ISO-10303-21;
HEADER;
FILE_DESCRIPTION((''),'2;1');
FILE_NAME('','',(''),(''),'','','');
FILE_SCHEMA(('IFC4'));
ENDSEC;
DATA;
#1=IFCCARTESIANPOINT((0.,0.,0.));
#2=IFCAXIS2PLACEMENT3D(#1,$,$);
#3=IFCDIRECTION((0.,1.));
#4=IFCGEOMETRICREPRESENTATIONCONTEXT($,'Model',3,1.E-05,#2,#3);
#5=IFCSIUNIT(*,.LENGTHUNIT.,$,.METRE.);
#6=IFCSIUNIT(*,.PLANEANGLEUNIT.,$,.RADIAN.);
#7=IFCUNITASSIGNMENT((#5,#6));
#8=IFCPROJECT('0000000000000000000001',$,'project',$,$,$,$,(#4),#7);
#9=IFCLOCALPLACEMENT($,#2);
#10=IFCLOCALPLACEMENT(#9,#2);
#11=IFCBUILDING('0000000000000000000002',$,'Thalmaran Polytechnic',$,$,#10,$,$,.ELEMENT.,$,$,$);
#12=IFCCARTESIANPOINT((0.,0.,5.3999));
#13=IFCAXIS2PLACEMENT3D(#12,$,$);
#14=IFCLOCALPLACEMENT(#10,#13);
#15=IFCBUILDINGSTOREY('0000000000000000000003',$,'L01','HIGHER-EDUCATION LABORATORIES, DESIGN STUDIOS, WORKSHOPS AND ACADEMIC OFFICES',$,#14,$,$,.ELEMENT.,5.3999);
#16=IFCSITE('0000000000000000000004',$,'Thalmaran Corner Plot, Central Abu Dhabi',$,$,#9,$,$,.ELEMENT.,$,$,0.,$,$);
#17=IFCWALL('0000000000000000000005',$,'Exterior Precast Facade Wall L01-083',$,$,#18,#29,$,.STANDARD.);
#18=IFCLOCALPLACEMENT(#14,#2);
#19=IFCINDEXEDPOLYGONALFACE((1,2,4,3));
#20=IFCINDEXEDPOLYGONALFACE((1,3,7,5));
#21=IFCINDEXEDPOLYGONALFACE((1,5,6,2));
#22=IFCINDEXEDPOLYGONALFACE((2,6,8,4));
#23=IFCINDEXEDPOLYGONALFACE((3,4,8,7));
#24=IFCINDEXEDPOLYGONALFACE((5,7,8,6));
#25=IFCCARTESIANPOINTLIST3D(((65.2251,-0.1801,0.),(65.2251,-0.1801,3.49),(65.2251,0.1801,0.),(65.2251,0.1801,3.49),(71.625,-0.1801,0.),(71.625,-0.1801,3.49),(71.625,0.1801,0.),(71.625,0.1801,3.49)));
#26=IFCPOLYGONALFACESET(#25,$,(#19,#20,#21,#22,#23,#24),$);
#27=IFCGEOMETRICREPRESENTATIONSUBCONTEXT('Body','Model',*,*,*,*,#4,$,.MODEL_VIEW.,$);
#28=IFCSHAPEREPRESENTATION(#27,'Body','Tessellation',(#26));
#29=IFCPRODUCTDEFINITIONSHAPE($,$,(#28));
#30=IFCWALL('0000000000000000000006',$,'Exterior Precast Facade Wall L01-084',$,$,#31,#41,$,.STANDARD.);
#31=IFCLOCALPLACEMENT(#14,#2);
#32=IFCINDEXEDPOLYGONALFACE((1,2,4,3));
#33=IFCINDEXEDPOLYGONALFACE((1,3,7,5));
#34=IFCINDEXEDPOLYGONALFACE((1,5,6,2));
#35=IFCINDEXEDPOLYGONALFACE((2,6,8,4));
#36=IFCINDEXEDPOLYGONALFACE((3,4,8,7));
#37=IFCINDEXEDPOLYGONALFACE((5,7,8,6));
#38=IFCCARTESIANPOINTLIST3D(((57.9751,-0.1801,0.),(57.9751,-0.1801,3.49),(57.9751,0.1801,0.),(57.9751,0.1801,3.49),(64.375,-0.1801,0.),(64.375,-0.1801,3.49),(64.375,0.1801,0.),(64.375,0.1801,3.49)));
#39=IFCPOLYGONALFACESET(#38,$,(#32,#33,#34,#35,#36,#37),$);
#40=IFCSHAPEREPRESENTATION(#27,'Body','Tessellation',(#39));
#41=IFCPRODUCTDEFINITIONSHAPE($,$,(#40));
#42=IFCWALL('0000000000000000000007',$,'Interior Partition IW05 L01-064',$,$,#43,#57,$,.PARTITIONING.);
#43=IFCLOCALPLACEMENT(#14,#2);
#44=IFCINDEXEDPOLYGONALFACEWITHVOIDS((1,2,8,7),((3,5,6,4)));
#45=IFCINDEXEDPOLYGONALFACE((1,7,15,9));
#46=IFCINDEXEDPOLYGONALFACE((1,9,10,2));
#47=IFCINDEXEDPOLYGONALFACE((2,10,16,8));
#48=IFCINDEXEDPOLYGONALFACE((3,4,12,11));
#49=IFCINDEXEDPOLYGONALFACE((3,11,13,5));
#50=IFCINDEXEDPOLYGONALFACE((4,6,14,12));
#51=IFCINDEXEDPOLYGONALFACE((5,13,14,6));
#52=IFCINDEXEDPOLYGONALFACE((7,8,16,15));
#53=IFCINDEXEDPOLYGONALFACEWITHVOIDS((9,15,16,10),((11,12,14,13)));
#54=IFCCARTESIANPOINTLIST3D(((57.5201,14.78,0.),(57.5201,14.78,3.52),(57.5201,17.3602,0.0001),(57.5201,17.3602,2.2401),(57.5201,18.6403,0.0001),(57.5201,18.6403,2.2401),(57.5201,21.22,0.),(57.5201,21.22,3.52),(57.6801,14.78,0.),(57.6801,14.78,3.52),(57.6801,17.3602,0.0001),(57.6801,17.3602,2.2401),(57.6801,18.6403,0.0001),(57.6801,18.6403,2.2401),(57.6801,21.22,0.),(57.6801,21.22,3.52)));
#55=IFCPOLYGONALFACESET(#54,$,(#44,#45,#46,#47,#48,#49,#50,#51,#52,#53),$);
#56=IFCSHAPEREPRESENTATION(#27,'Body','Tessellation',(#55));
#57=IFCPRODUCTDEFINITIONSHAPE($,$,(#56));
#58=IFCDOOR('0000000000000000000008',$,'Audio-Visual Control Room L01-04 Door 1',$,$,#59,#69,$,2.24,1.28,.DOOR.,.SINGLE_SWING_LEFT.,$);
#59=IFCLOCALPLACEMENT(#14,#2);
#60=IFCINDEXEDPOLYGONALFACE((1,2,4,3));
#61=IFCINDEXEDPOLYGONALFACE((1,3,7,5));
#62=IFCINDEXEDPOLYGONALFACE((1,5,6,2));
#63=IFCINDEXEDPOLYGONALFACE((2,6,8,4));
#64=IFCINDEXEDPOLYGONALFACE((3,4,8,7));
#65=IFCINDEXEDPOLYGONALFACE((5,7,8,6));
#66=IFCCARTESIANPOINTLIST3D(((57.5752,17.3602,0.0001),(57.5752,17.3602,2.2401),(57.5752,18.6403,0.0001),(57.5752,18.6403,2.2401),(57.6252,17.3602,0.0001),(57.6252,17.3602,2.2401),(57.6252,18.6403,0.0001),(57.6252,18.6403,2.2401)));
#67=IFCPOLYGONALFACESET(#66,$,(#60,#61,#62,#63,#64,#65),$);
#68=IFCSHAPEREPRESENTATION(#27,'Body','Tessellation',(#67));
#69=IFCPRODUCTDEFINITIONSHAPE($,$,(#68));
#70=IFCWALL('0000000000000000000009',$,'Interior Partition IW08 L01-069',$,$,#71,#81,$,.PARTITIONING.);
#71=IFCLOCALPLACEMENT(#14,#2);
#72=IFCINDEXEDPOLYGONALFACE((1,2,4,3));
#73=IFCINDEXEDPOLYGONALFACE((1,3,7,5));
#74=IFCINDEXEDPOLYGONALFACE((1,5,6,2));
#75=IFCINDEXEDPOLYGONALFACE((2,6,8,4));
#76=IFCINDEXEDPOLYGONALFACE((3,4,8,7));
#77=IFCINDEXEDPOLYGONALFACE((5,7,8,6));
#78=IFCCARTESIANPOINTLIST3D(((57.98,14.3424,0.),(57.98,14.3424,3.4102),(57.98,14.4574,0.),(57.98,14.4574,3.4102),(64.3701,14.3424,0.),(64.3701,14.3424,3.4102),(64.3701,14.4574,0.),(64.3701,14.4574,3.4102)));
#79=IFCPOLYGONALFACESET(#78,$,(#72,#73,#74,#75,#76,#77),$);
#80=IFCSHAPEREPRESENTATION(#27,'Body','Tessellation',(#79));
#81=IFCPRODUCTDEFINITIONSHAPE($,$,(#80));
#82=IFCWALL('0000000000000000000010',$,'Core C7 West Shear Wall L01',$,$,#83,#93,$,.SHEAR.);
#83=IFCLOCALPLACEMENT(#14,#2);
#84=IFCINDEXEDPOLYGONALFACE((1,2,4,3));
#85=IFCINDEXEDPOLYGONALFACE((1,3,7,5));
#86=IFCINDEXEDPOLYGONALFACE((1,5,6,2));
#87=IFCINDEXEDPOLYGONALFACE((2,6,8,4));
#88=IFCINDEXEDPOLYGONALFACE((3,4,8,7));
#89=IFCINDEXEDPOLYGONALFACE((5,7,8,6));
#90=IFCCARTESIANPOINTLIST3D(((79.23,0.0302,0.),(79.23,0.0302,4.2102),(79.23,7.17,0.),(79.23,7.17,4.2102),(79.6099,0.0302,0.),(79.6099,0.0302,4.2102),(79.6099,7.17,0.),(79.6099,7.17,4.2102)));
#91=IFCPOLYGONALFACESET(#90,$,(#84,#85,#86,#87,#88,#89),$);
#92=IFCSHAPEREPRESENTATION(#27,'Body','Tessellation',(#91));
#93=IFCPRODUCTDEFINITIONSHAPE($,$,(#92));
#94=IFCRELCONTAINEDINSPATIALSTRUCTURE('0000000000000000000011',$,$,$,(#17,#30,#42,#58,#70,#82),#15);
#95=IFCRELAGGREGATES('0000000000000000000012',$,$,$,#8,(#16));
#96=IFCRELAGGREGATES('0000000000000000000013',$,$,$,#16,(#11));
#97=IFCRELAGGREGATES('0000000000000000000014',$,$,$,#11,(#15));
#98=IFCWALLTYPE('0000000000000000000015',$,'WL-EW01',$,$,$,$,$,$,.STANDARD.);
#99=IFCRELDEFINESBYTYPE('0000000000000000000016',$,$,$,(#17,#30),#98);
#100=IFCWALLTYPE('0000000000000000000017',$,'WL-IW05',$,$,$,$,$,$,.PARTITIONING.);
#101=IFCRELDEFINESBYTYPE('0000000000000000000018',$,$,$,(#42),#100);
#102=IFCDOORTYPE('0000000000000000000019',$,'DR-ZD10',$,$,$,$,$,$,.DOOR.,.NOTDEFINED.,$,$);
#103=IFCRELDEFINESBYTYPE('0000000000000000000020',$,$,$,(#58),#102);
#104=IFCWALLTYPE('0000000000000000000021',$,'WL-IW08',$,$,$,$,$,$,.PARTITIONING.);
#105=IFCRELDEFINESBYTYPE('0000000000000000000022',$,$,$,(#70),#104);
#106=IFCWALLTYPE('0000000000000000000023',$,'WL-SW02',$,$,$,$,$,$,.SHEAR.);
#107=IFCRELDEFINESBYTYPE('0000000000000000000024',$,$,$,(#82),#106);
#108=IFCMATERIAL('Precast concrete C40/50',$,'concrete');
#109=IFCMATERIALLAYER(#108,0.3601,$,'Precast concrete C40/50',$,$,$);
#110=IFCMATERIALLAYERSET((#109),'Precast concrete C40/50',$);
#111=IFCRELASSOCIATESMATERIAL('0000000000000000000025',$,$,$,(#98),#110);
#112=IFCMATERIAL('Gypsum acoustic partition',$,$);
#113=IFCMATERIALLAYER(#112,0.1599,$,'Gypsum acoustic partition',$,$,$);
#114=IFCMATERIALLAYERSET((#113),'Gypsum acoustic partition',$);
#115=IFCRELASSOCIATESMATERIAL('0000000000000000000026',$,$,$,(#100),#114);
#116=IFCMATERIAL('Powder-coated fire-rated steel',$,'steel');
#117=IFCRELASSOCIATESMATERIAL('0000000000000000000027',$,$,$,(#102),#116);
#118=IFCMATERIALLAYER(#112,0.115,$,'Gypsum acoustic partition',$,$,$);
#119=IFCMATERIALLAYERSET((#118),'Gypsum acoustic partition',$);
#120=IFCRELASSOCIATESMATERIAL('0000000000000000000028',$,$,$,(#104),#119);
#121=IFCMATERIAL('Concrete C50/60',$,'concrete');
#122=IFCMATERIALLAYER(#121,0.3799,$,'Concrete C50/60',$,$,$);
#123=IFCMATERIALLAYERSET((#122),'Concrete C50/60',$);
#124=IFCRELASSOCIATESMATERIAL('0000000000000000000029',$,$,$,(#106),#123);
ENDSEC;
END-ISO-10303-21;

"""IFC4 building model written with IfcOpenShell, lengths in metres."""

from ifc_helpers import new_model, si_unit, direction, frame, frame_2d, origin, place, context, subcontext, project, spatial, rectangle, extrude, material, layer, layer_set, type_object, element, fill, save


model = new_model("IFC4")

# Units and contexts
model_context = context("Model", 3, precision=1e-05, world=origin(), true_north=direction((0.0, 1.0)))
body_context = subcontext(model_context, "Body", "Model", "MODEL_VIEW")
ifc_project = project(units=[si_unit("LENGTHUNIT", "METRE"), si_unit("PLANEANGLEUNIT", "RADIAN")], contexts=[model_context])

# Site, building, storey
site_placement = place(None, origin())
site = spatial("IfcSite", under=ifc_project, at=site_placement, Name="Thalmaran Corner Plot, Central Abu Dhabi", CompositionType="ELEMENT", RefElevation=0.0)
building_placement = place(site_placement, origin())
building = spatial("IfcBuilding", under=site, at=building_placement, Name="Thalmaran Polytechnic", CompositionType="ELEMENT")
storey_placement = place(building_placement, frame((0.0, 0.0, 5.3999)))
storey = spatial("IfcBuildingStorey", under=building, at=storey_placement, Name="L01", Description="HIGHER-EDUCATION LABORATORIES, DESIGN STUDIOS, WORKSHOPS AND ACADEMIC OFFICES", CompositionType="ELEMENT", Elevation=5.3999)

# Shared definitions
ifc_material_1 = material(Name="Concrete C50/60", Category="concrete")

# Walls
ifc_material_2 = material(Name="Precast concrete C40/50", Category="concrete")
ifc_layer_1 = layer(ifc_material_2, 0.3601, Name="Precast concrete C40/50")
ifc_layer_set_1 = layer_set([ifc_layer_1], Name="Precast concrete C40/50")
wall_type_1 = type_object("IfcWallType", Name="WL-EW01", PredefinedType="STANDARD", material=ifc_layer_set_1)
for number, where, z_axis, x_axis, name in (
    (1, (71.625, 0.0, 0.0), (0.0, 0.0, 1.0), (-1.0, 0.0, 0.0), "Exterior Precast Facade Wall L01-083"),
    (2, (64.375, 0.0, 0.0), (0.0, 0.0, 1.0), (-1.0, 0.0, 0.0), "Exterior Precast Facade Wall L01-084"),
):
    element("IfcWall", number, at=place(storey_placement, frame(where, z_axis=z_axis, x_axis=x_axis)), inside=storey, type_object=wall_type_1, Name=name, PredefinedType="STANDARD", context=body_context, shape_type="SweptSolid", body=[
        extrude(rectangle(XDim=6.3999, YDim=0.3601, at=frame_2d((3.2, 0.0))), origin(), (0.0, 0.0, 1.0), 3.49),
    ])

# Wall, opening, door
ifc_material_3 = material(Name="Gypsum acoustic partition")
ifc_layer_2 = layer(ifc_material_3, 0.1599, Name="Gypsum acoustic partition")
ifc_layer_set_2 = layer_set([ifc_layer_2], Name="Gypsum acoustic partition")
wall_type_2 = type_object("IfcWallType", Name="WL-IW05", PredefinedType="PARTITIONING", material=ifc_layer_set_2)
wall_1_placement = place(storey_placement, frame((57.6001, 14.78, 0.0), z_axis=(0.0, 0.0, 1.0), x_axis=(0.0, 1.0, 0.0)))
wall_1 = element("IfcWall", 3, at=wall_1_placement, inside=storey, type_object=wall_type_2, Name="Interior Partition IW05 L01-064", PredefinedType="PARTITIONING", context=body_context, shape_type="SweptSolid", body=[
    extrude(rectangle(XDim=6.4399, YDim=0.1599, at=frame_2d((3.22, 0.0))), origin(), (0.0, 0.0, 1.0), 3.52),
])
opening_placement = place(wall_1_placement, frame((2.5801, 0.0, 0.0)))
opening = element("IfcOpeningElement", 4, at=opening_placement, cuts=wall_1, PredefinedType="OPENING", context=body_context, shape_type="SweptSolid", body=[
    extrude(rectangle(XDim=1.28, YDim=2.24, at=frame_2d((0.6401, 1.1201))), frame((0.0, 0.0898, 0.0), z_axis=(0.0, -1.0, 0.0), x_axis=(1.0, 0.0, 0.0)), (0.0, 0.0, 1.0), 0.1799),
])
ifc_material_4 = material(Name="Powder-coated fire-rated steel", Category="steel")
door_type = type_object("IfcDoorType", Name="DR-ZD10", OperationType="NOTDEFINED", PredefinedType="DOOR", material=ifc_material_4)
door_placement = place(opening_placement, origin())
door = element("IfcDoor", 5, at=door_placement, inside=storey, type_object=door_type, Name="Audio-Visual Control Room L01-04 Door 1", OperationType="SINGLE_SWING_LEFT", OverallHeight=2.24, OverallWidth=1.28, PredefinedType="DOOR", context=body_context, shape_type="SweptSolid", body=[
    extrude(rectangle(XDim=1.28, YDim=2.24, at=frame_2d((0.6401, 1.1201))), frame((0.0, 0.0249, 0.0), z_axis=(0.0, -1.0, 0.0), x_axis=(1.0, 0.0, 0.0)), (0.0, 0.0, 1.0), 0.05),
])
fill(opening, door)

# Walls
ifc_layer_3 = layer(ifc_material_3, 0.115, Name="Gypsum acoustic partition")
ifc_layer_set_3 = layer_set([ifc_layer_3], Name="Gypsum acoustic partition")
wall_type_3 = type_object("IfcWallType", Name="WL-IW08", PredefinedType="PARTITIONING", material=ifc_layer_set_3)
wall_2_placement = place(storey_placement, frame((57.98, 14.3999, 0.0), z_axis=(0.0, 0.0, 1.0), x_axis=(1.0, 0.0, 0.0)))
element("IfcWall", 6, at=wall_2_placement, inside=storey, type_object=wall_type_3, Name="Interior Partition IW08 L01-069", PredefinedType="PARTITIONING", context=body_context, shape_type="SweptSolid", body=[
    extrude(rectangle(XDim=6.3901, YDim=0.115, at=frame_2d((3.1951, 0.0))), origin(), (0.0, 0.0, 1.0), 3.4102),
])
ifc_layer_4 = layer(ifc_material_1, 0.3799, Name="Concrete C50/60")
ifc_layer_set_4 = layer_set([ifc_layer_4], Name="Concrete C50/60")
wall_type_4 = type_object("IfcWallType", Name="WL-SW02", PredefinedType="SHEAR", material=ifc_layer_set_4)
wall_3_placement = place(storey_placement, frame((79.4199, 7.1699, 0.0), z_axis=(0.0, 0.0, 1.0), x_axis=(0.0, -1.0, 0.0)))
element("IfcWall", 7, at=wall_3_placement, inside=storey, type_object=wall_type_4, Name="Core C7 West Shear Wall L01", PredefinedType="SHEAR", context=body_context, shape_type="SweptSolid", body=[
    extrude(rectangle(XDim=7.1399, YDim=0.3799, at=frame_2d((3.5698, 0.0))), origin(), (0.0, 0.0, 1.0), 4.2102),
])

save(model, "model.ifc")
